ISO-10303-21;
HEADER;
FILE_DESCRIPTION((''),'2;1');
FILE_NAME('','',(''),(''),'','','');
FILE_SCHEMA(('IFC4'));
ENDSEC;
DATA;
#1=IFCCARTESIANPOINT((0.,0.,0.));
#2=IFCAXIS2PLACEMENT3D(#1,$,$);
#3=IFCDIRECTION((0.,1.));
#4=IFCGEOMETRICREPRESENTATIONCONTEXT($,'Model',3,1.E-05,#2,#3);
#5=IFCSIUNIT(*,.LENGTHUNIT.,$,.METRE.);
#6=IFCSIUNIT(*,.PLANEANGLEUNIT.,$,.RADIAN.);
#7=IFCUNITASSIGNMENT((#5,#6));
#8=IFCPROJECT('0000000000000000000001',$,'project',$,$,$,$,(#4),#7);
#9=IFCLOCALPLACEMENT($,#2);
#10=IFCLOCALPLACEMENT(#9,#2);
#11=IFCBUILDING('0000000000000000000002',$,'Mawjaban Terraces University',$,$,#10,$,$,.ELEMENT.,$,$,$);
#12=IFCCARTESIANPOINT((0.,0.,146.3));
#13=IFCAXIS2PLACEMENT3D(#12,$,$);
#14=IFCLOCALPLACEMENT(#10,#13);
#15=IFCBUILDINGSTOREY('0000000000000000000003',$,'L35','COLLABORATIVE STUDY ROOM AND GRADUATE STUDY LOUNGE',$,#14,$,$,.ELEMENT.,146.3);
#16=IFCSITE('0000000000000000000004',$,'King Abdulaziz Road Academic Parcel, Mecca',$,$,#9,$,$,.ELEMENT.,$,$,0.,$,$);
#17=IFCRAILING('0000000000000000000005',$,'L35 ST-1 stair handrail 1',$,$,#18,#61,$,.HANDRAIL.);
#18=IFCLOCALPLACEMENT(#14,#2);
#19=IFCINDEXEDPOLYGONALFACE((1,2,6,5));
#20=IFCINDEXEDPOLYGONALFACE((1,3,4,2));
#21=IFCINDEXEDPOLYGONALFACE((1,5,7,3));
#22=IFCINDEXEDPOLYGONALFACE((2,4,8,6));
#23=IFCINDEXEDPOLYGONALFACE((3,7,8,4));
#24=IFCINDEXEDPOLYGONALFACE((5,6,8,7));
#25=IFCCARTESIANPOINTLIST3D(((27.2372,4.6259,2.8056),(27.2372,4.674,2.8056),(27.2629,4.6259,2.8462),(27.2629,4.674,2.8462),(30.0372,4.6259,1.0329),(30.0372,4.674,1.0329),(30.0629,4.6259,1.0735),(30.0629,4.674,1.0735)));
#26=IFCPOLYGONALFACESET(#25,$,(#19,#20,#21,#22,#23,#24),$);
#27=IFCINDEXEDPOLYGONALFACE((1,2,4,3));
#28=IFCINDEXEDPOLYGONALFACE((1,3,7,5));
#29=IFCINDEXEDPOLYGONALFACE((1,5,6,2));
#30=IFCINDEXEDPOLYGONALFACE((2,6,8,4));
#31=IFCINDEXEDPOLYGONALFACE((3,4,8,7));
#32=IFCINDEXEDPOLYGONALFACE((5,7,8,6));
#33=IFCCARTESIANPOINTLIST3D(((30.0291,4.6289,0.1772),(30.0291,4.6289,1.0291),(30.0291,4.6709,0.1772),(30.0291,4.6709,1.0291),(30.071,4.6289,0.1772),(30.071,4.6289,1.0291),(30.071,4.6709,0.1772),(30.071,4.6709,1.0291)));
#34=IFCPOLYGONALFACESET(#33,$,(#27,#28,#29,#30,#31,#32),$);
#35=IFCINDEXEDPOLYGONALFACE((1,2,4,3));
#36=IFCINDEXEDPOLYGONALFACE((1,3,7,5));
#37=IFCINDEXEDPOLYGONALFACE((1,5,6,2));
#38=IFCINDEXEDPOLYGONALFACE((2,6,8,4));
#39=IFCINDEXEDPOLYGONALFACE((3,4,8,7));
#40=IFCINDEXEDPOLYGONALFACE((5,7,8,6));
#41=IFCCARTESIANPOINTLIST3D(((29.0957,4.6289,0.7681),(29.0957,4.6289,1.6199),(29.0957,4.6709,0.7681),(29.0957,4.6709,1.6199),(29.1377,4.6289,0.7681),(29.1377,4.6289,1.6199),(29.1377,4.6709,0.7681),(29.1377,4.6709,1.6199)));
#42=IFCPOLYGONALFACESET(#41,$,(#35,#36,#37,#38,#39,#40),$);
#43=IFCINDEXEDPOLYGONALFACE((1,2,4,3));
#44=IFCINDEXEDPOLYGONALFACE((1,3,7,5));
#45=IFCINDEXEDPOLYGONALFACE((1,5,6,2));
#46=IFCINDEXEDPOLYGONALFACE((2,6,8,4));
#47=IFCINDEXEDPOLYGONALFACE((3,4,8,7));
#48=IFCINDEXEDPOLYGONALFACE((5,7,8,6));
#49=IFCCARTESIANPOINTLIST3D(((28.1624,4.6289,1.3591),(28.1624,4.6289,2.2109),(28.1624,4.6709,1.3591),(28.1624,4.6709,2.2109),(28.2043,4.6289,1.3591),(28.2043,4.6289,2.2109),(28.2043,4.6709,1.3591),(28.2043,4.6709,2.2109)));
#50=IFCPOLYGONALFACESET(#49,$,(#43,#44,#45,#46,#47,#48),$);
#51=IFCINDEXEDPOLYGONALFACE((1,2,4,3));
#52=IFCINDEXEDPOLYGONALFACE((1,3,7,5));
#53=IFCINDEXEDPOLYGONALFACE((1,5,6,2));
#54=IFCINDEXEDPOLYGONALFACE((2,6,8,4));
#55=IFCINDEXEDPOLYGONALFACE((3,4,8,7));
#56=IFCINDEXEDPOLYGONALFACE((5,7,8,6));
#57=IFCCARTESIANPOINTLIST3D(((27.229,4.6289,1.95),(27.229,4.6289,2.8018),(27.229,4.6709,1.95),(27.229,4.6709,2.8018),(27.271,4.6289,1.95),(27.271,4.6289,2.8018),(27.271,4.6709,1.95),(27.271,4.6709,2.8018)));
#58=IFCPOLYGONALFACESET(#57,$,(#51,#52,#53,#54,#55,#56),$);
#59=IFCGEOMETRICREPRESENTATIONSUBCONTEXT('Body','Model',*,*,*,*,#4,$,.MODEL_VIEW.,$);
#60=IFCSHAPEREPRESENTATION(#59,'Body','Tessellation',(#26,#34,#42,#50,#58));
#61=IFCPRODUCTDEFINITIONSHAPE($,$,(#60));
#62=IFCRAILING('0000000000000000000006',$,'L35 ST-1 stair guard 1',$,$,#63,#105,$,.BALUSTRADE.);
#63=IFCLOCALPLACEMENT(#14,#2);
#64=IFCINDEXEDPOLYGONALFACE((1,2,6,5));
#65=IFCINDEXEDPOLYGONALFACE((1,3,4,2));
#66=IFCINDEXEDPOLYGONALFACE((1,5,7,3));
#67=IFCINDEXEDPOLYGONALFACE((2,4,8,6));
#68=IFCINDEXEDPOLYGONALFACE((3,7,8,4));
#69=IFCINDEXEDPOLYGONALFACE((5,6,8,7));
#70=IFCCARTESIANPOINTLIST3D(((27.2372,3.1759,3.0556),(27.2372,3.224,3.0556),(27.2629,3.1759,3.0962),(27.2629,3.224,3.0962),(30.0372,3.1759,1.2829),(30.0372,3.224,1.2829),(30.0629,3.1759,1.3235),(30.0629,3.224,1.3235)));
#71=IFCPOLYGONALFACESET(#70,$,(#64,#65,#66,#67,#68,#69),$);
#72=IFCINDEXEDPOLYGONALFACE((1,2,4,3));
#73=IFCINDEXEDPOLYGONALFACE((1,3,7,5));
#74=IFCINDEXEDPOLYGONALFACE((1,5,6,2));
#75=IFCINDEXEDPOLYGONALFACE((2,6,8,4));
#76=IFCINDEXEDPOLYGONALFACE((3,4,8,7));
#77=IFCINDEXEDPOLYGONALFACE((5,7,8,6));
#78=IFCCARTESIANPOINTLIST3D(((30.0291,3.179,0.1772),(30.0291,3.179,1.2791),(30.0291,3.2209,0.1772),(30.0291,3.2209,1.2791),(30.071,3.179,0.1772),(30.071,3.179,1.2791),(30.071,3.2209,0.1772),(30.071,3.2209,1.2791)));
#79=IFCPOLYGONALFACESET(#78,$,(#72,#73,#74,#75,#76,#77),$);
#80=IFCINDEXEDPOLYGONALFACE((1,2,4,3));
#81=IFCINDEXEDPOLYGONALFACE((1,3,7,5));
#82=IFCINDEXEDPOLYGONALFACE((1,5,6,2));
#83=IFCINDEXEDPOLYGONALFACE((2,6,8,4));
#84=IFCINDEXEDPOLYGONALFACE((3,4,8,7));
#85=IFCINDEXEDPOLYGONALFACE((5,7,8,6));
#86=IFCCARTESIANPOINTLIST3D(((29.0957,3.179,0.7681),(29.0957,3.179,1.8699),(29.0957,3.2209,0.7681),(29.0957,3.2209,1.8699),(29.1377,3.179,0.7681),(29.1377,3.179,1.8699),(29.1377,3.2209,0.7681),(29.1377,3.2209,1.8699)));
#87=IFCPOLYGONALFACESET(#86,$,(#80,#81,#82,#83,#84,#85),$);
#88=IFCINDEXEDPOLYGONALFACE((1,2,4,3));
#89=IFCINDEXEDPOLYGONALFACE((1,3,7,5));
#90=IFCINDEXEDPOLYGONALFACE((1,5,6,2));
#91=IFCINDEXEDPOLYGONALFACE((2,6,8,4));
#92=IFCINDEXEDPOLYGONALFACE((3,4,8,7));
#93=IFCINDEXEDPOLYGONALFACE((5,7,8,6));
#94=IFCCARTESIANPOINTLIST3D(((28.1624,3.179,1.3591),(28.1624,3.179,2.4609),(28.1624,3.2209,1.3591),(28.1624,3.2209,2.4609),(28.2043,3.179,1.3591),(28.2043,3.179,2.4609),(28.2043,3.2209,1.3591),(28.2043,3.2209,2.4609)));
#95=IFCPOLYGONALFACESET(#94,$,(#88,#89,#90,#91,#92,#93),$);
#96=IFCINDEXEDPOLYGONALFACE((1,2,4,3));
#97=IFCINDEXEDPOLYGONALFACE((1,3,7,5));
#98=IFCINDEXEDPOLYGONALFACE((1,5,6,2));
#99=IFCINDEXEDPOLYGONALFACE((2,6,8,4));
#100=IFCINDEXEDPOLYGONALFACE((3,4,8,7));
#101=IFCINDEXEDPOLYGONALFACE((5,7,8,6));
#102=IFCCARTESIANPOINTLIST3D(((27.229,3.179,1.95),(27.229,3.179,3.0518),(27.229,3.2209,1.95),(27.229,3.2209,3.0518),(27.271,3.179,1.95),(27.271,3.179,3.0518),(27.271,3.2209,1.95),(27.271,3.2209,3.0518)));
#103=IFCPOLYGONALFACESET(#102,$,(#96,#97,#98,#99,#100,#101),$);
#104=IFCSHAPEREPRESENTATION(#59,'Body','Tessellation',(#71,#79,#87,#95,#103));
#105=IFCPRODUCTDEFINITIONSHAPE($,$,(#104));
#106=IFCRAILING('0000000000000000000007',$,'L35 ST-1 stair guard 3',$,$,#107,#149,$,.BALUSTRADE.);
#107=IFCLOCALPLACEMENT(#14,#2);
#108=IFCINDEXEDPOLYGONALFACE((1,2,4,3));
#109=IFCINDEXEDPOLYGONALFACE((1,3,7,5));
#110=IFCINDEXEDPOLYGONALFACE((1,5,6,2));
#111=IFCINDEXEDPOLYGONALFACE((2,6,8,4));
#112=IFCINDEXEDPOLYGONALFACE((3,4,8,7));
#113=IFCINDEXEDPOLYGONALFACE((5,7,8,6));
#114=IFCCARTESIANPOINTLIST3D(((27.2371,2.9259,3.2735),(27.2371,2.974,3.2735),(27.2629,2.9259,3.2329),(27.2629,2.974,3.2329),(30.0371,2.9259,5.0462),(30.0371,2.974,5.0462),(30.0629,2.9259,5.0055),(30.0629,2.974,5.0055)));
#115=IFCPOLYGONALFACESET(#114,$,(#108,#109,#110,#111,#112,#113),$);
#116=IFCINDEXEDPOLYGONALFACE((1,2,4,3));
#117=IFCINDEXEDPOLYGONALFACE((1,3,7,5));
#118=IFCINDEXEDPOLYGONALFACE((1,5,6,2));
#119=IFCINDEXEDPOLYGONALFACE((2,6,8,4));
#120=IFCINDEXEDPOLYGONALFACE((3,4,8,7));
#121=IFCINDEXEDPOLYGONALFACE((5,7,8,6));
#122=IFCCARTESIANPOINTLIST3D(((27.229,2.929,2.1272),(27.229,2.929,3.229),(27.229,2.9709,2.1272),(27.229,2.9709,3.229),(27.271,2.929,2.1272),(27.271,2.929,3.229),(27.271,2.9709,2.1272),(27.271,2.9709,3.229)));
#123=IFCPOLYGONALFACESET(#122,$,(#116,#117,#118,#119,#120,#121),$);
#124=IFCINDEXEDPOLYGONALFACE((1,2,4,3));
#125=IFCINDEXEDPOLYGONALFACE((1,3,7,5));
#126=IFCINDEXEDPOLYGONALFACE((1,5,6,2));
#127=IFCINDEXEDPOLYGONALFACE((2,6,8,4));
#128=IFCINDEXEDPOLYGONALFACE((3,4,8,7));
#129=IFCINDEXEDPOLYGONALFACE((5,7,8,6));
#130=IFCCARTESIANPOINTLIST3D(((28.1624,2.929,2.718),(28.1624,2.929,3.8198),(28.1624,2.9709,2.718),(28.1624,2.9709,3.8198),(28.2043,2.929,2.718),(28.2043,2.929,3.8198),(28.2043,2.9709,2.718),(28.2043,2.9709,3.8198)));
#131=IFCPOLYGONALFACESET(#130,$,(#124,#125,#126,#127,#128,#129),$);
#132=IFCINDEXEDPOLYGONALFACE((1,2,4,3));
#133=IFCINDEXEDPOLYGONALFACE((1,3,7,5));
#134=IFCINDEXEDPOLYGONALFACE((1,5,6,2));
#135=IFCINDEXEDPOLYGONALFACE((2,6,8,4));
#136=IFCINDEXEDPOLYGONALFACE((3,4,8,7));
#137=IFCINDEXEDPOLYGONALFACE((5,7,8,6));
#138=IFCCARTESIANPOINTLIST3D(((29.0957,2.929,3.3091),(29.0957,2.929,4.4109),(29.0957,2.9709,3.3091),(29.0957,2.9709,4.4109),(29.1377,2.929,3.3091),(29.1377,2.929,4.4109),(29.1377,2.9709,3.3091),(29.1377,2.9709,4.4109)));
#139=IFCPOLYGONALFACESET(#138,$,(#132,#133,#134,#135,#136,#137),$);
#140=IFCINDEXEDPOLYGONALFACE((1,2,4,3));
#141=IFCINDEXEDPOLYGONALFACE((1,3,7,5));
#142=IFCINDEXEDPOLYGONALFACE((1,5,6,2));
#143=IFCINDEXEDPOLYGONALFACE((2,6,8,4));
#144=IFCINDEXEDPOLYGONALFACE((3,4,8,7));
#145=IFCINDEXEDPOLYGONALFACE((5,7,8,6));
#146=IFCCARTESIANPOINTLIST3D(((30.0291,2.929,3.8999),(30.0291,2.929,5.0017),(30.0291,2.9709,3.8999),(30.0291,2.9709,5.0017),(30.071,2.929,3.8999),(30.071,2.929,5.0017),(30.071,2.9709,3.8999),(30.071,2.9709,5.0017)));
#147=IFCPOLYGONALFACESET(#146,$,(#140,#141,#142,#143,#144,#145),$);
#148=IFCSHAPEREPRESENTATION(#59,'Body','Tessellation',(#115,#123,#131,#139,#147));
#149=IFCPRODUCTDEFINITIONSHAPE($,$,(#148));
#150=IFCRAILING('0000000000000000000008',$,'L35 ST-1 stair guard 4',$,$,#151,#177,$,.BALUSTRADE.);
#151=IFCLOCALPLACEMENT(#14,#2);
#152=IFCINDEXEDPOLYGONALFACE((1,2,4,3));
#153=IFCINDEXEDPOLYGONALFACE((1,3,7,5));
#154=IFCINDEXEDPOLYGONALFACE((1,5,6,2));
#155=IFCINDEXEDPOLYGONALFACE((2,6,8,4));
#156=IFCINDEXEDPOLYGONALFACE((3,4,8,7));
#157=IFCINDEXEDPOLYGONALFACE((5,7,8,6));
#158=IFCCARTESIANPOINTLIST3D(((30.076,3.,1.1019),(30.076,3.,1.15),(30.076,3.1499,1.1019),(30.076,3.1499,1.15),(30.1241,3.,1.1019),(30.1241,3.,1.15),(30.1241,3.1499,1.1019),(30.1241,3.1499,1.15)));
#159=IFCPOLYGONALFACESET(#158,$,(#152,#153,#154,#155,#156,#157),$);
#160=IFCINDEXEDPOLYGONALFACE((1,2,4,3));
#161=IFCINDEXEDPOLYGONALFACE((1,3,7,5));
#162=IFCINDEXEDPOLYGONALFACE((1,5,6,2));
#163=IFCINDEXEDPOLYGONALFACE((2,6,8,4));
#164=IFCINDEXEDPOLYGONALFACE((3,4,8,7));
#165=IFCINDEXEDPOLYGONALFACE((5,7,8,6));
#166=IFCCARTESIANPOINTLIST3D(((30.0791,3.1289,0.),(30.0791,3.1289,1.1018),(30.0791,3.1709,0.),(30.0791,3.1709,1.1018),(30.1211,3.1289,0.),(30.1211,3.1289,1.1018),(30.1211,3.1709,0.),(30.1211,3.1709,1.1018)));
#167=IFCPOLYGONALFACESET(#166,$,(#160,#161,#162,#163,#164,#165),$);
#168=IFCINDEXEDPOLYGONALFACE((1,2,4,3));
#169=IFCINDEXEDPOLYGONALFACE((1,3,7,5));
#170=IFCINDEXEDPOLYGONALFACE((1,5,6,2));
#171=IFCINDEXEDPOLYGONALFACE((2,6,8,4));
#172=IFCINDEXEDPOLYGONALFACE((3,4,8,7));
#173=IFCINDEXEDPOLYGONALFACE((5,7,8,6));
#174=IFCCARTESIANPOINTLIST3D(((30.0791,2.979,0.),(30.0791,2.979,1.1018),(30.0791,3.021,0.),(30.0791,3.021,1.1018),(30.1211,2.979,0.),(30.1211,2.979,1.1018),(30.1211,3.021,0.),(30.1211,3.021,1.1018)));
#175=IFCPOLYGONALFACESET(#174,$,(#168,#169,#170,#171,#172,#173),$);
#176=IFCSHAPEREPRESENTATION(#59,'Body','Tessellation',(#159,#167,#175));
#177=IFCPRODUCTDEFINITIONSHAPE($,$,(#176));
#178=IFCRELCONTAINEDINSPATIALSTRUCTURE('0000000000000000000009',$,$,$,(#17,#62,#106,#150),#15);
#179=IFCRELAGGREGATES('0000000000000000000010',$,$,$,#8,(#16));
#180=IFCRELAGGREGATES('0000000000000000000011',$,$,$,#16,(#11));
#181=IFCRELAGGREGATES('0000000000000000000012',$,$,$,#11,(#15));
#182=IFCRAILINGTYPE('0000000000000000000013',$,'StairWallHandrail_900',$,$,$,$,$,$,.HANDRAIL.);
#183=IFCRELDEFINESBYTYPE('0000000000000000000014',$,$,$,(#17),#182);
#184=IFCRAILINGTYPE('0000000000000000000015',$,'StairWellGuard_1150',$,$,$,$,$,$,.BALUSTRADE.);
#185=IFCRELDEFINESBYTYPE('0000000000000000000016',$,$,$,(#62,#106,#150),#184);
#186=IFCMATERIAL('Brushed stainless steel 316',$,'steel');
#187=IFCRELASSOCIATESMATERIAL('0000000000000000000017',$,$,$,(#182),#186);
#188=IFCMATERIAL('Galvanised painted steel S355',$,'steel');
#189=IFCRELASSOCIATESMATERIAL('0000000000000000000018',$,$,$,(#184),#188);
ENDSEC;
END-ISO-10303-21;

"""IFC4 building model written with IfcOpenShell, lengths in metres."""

from ifc_helpers import new_model, si_unit, direction, frame, origin, origin_2d, place, context, subcontext, project, spatial, rectangle, extrude, material, type_object, element, save


model = new_model("IFC4")

# Units and contexts
model_context = context("Model", 3, precision=1e-05, world=origin(), true_north=direction((0.0, 1.0)))
body_context = subcontext(model_context, "Body", "Model", "MODEL_VIEW")
ifc_project = project(units=[si_unit("LENGTHUNIT", "METRE"), si_unit("PLANEANGLEUNIT", "RADIAN")], contexts=[model_context])

# Site, building, storey
site_placement = place(None, origin())
site = spatial("IfcSite", under=ifc_project, at=site_placement, Name="King Abdulaziz Road Academic Parcel, Mecca", CompositionType="ELEMENT", RefElevation=0.0)
building_placement = place(site_placement, origin())
building = spatial("IfcBuilding", under=site, at=building_placement, Name="Mawjaban Terraces University", CompositionType="ELEMENT")
storey_placement = place(building_placement, frame((0.0, 0.0, 146.3)))
storey = spatial("IfcBuildingStorey", under=building, at=storey_placement, Name="L35", Description="COLLABORATIVE STUDY ROOM AND GRADUATE STUDY LOUNGE", CompositionType="ELEMENT", Elevation=146.3)

# Railings
ifc_material_1 = material(Name="Brushed stainless steel 316", Category="steel")
railing_type_1 = type_object("IfcRailingType", Name="StairWallHandrail_900", PredefinedType="HANDRAIL", material=ifc_material_1)
railing_1_placement = place(storey_placement, frame((30.05, 4.6499, 0.1772)))
element("IfcRailing", 1, at=railing_1_placement, inside=storey, type_object=railing_type_1, Name="L35 ST-1 stair handrail 1", PredefinedType="HANDRAIL", context=body_context, shape_type="SweptSolid", body=[
    extrude(rectangle(XDim=0.0481, YDim=0.0481, at=origin_2d()), frame((0.0, 0.0, 0.876), z_axis=(-0.844909, 0.0, 0.53491), x_axis=(0.0, -1.0, 0.0)), (0.0, 0.0, 1.0), 3.314),
    extrude(rectangle(XDim=0.042, YDim=0.042, at=origin_2d()), origin(), (0.0, 0.0, 1.0), 0.8518),
    extrude(rectangle(XDim=0.042, YDim=0.042, at=origin_2d()), frame((-0.9333, 0.0, 0.5908)), (0.0, 0.0, 1.0), 0.8518),
    extrude(rectangle(XDim=0.042, YDim=0.042, at=origin_2d()), frame((-1.8667, 0.0, 1.1819)), (0.0, 0.0, 1.0), 0.8518),
    extrude(rectangle(XDim=0.042, YDim=0.042, at=origin_2d()), frame((-2.8, 0.0, 1.7727)), (0.0, 0.0, 1.0), 0.8518),
])
ifc_material_2 = material(Name="Galvanised painted steel S355", Category="steel")
railing_type_2 = type_object("IfcRailingType", Name="StairWellGuard_1150", PredefinedType="BALUSTRADE", material=ifc_material_2)
railing_2_placement = place(storey_placement, frame((30.05, 3.2, 0.1772)))
element("IfcRailing", 2, at=railing_2_placement, inside=storey, type_object=railing_type_2, Name="L35 ST-1 stair guard 1", PredefinedType="BALUSTRADE", context=body_context, shape_type="SweptSolid", body=[
    extrude(rectangle(XDim=0.0481, YDim=0.0481, at=origin_2d()), frame((0.0, 0.0, 1.126), z_axis=(-0.844909, 0.0, 0.53491), x_axis=(0.0, -1.0, 0.0)), (0.0, 0.0, 1.0), 3.314),
    extrude(rectangle(XDim=0.042, YDim=0.042, at=origin_2d()), origin(), (0.0, 0.0, 1.0), 1.1018),
    extrude(rectangle(XDim=0.042, YDim=0.042, at=origin_2d()), frame((-0.9333, 0.0, 0.5908)), (0.0, 0.0, 1.0), 1.1018),
    extrude(rectangle(XDim=0.042, YDim=0.042, at=origin_2d()), frame((-1.8667, 0.0, 1.1819)), (0.0, 0.0, 1.0), 1.1018),
    extrude(rectangle(XDim=0.042, YDim=0.042, at=origin_2d()), frame((-2.8, 0.0, 1.7727)), (0.0, 0.0, 1.0), 1.1018),
])
railing_3_placement = place(storey_placement, frame((27.25, 2.95, 2.1272)))
element("IfcRailing", 3, at=railing_3_placement, inside=storey, type_object=railing_type_2, Name="L35 ST-1 stair guard 3", PredefinedType="BALUSTRADE", context=body_context, shape_type="SweptSolid", body=[
    extrude(rectangle(XDim=0.0481, YDim=0.0481, at=origin_2d()), frame((0.0, 0.0, 1.126), z_axis=(0.844909, 0.0, 0.53491), x_axis=(0.0, 1.0, 0.0)), (0.0, 0.0, 1.0), 3.314),
    extrude(rectangle(XDim=0.042, YDim=0.042, at=origin_2d()), origin(), (0.0, 0.0, 1.0), 1.1018),
    extrude(rectangle(XDim=0.042, YDim=0.042, at=origin_2d()), frame((0.9333, 0.0, 0.5908)), (0.0, 0.0, 1.0), 1.1018),
    extrude(rectangle(XDim=0.042, YDim=0.042, at=origin_2d()), frame((1.8667, 0.0, 1.1819)), (0.0, 0.0, 1.0), 1.1018),
    extrude(rectangle(XDim=0.042, YDim=0.042, at=origin_2d()), frame((2.8, 0.0, 1.7727)), (0.0, 0.0, 1.0), 1.1018),
])
railing_4_placement = place(storey_placement, frame((30.1001, 3.1499, 0.0)))
element("IfcRailing", 4, at=railing_4_placement, inside=storey, type_object=railing_type_2, Name="L35 ST-1 stair guard 4", PredefinedType="BALUSTRADE", context=body_context, shape_type="SweptSolid", body=[
    extrude(rectangle(XDim=0.0481, YDim=0.0481, at=origin_2d()), frame((0.0, 0.0, 1.126), z_axis=(0.0, -1.0, 0.0), x_axis=(1.0, 0.0, 0.0)), (0.0, 0.0, 1.0), 0.1499),
    extrude(rectangle(XDim=0.042, YDim=0.042, at=origin_2d()), origin(), (0.0, 0.0, 1.0), 1.1018),
    extrude(rectangle(XDim=0.042, YDim=0.042, at=origin_2d()), frame((0.0, -0.1499, 0.0)), (0.0, 0.0, 1.0), 1.1018),
])

save(model, "model.ifc")
